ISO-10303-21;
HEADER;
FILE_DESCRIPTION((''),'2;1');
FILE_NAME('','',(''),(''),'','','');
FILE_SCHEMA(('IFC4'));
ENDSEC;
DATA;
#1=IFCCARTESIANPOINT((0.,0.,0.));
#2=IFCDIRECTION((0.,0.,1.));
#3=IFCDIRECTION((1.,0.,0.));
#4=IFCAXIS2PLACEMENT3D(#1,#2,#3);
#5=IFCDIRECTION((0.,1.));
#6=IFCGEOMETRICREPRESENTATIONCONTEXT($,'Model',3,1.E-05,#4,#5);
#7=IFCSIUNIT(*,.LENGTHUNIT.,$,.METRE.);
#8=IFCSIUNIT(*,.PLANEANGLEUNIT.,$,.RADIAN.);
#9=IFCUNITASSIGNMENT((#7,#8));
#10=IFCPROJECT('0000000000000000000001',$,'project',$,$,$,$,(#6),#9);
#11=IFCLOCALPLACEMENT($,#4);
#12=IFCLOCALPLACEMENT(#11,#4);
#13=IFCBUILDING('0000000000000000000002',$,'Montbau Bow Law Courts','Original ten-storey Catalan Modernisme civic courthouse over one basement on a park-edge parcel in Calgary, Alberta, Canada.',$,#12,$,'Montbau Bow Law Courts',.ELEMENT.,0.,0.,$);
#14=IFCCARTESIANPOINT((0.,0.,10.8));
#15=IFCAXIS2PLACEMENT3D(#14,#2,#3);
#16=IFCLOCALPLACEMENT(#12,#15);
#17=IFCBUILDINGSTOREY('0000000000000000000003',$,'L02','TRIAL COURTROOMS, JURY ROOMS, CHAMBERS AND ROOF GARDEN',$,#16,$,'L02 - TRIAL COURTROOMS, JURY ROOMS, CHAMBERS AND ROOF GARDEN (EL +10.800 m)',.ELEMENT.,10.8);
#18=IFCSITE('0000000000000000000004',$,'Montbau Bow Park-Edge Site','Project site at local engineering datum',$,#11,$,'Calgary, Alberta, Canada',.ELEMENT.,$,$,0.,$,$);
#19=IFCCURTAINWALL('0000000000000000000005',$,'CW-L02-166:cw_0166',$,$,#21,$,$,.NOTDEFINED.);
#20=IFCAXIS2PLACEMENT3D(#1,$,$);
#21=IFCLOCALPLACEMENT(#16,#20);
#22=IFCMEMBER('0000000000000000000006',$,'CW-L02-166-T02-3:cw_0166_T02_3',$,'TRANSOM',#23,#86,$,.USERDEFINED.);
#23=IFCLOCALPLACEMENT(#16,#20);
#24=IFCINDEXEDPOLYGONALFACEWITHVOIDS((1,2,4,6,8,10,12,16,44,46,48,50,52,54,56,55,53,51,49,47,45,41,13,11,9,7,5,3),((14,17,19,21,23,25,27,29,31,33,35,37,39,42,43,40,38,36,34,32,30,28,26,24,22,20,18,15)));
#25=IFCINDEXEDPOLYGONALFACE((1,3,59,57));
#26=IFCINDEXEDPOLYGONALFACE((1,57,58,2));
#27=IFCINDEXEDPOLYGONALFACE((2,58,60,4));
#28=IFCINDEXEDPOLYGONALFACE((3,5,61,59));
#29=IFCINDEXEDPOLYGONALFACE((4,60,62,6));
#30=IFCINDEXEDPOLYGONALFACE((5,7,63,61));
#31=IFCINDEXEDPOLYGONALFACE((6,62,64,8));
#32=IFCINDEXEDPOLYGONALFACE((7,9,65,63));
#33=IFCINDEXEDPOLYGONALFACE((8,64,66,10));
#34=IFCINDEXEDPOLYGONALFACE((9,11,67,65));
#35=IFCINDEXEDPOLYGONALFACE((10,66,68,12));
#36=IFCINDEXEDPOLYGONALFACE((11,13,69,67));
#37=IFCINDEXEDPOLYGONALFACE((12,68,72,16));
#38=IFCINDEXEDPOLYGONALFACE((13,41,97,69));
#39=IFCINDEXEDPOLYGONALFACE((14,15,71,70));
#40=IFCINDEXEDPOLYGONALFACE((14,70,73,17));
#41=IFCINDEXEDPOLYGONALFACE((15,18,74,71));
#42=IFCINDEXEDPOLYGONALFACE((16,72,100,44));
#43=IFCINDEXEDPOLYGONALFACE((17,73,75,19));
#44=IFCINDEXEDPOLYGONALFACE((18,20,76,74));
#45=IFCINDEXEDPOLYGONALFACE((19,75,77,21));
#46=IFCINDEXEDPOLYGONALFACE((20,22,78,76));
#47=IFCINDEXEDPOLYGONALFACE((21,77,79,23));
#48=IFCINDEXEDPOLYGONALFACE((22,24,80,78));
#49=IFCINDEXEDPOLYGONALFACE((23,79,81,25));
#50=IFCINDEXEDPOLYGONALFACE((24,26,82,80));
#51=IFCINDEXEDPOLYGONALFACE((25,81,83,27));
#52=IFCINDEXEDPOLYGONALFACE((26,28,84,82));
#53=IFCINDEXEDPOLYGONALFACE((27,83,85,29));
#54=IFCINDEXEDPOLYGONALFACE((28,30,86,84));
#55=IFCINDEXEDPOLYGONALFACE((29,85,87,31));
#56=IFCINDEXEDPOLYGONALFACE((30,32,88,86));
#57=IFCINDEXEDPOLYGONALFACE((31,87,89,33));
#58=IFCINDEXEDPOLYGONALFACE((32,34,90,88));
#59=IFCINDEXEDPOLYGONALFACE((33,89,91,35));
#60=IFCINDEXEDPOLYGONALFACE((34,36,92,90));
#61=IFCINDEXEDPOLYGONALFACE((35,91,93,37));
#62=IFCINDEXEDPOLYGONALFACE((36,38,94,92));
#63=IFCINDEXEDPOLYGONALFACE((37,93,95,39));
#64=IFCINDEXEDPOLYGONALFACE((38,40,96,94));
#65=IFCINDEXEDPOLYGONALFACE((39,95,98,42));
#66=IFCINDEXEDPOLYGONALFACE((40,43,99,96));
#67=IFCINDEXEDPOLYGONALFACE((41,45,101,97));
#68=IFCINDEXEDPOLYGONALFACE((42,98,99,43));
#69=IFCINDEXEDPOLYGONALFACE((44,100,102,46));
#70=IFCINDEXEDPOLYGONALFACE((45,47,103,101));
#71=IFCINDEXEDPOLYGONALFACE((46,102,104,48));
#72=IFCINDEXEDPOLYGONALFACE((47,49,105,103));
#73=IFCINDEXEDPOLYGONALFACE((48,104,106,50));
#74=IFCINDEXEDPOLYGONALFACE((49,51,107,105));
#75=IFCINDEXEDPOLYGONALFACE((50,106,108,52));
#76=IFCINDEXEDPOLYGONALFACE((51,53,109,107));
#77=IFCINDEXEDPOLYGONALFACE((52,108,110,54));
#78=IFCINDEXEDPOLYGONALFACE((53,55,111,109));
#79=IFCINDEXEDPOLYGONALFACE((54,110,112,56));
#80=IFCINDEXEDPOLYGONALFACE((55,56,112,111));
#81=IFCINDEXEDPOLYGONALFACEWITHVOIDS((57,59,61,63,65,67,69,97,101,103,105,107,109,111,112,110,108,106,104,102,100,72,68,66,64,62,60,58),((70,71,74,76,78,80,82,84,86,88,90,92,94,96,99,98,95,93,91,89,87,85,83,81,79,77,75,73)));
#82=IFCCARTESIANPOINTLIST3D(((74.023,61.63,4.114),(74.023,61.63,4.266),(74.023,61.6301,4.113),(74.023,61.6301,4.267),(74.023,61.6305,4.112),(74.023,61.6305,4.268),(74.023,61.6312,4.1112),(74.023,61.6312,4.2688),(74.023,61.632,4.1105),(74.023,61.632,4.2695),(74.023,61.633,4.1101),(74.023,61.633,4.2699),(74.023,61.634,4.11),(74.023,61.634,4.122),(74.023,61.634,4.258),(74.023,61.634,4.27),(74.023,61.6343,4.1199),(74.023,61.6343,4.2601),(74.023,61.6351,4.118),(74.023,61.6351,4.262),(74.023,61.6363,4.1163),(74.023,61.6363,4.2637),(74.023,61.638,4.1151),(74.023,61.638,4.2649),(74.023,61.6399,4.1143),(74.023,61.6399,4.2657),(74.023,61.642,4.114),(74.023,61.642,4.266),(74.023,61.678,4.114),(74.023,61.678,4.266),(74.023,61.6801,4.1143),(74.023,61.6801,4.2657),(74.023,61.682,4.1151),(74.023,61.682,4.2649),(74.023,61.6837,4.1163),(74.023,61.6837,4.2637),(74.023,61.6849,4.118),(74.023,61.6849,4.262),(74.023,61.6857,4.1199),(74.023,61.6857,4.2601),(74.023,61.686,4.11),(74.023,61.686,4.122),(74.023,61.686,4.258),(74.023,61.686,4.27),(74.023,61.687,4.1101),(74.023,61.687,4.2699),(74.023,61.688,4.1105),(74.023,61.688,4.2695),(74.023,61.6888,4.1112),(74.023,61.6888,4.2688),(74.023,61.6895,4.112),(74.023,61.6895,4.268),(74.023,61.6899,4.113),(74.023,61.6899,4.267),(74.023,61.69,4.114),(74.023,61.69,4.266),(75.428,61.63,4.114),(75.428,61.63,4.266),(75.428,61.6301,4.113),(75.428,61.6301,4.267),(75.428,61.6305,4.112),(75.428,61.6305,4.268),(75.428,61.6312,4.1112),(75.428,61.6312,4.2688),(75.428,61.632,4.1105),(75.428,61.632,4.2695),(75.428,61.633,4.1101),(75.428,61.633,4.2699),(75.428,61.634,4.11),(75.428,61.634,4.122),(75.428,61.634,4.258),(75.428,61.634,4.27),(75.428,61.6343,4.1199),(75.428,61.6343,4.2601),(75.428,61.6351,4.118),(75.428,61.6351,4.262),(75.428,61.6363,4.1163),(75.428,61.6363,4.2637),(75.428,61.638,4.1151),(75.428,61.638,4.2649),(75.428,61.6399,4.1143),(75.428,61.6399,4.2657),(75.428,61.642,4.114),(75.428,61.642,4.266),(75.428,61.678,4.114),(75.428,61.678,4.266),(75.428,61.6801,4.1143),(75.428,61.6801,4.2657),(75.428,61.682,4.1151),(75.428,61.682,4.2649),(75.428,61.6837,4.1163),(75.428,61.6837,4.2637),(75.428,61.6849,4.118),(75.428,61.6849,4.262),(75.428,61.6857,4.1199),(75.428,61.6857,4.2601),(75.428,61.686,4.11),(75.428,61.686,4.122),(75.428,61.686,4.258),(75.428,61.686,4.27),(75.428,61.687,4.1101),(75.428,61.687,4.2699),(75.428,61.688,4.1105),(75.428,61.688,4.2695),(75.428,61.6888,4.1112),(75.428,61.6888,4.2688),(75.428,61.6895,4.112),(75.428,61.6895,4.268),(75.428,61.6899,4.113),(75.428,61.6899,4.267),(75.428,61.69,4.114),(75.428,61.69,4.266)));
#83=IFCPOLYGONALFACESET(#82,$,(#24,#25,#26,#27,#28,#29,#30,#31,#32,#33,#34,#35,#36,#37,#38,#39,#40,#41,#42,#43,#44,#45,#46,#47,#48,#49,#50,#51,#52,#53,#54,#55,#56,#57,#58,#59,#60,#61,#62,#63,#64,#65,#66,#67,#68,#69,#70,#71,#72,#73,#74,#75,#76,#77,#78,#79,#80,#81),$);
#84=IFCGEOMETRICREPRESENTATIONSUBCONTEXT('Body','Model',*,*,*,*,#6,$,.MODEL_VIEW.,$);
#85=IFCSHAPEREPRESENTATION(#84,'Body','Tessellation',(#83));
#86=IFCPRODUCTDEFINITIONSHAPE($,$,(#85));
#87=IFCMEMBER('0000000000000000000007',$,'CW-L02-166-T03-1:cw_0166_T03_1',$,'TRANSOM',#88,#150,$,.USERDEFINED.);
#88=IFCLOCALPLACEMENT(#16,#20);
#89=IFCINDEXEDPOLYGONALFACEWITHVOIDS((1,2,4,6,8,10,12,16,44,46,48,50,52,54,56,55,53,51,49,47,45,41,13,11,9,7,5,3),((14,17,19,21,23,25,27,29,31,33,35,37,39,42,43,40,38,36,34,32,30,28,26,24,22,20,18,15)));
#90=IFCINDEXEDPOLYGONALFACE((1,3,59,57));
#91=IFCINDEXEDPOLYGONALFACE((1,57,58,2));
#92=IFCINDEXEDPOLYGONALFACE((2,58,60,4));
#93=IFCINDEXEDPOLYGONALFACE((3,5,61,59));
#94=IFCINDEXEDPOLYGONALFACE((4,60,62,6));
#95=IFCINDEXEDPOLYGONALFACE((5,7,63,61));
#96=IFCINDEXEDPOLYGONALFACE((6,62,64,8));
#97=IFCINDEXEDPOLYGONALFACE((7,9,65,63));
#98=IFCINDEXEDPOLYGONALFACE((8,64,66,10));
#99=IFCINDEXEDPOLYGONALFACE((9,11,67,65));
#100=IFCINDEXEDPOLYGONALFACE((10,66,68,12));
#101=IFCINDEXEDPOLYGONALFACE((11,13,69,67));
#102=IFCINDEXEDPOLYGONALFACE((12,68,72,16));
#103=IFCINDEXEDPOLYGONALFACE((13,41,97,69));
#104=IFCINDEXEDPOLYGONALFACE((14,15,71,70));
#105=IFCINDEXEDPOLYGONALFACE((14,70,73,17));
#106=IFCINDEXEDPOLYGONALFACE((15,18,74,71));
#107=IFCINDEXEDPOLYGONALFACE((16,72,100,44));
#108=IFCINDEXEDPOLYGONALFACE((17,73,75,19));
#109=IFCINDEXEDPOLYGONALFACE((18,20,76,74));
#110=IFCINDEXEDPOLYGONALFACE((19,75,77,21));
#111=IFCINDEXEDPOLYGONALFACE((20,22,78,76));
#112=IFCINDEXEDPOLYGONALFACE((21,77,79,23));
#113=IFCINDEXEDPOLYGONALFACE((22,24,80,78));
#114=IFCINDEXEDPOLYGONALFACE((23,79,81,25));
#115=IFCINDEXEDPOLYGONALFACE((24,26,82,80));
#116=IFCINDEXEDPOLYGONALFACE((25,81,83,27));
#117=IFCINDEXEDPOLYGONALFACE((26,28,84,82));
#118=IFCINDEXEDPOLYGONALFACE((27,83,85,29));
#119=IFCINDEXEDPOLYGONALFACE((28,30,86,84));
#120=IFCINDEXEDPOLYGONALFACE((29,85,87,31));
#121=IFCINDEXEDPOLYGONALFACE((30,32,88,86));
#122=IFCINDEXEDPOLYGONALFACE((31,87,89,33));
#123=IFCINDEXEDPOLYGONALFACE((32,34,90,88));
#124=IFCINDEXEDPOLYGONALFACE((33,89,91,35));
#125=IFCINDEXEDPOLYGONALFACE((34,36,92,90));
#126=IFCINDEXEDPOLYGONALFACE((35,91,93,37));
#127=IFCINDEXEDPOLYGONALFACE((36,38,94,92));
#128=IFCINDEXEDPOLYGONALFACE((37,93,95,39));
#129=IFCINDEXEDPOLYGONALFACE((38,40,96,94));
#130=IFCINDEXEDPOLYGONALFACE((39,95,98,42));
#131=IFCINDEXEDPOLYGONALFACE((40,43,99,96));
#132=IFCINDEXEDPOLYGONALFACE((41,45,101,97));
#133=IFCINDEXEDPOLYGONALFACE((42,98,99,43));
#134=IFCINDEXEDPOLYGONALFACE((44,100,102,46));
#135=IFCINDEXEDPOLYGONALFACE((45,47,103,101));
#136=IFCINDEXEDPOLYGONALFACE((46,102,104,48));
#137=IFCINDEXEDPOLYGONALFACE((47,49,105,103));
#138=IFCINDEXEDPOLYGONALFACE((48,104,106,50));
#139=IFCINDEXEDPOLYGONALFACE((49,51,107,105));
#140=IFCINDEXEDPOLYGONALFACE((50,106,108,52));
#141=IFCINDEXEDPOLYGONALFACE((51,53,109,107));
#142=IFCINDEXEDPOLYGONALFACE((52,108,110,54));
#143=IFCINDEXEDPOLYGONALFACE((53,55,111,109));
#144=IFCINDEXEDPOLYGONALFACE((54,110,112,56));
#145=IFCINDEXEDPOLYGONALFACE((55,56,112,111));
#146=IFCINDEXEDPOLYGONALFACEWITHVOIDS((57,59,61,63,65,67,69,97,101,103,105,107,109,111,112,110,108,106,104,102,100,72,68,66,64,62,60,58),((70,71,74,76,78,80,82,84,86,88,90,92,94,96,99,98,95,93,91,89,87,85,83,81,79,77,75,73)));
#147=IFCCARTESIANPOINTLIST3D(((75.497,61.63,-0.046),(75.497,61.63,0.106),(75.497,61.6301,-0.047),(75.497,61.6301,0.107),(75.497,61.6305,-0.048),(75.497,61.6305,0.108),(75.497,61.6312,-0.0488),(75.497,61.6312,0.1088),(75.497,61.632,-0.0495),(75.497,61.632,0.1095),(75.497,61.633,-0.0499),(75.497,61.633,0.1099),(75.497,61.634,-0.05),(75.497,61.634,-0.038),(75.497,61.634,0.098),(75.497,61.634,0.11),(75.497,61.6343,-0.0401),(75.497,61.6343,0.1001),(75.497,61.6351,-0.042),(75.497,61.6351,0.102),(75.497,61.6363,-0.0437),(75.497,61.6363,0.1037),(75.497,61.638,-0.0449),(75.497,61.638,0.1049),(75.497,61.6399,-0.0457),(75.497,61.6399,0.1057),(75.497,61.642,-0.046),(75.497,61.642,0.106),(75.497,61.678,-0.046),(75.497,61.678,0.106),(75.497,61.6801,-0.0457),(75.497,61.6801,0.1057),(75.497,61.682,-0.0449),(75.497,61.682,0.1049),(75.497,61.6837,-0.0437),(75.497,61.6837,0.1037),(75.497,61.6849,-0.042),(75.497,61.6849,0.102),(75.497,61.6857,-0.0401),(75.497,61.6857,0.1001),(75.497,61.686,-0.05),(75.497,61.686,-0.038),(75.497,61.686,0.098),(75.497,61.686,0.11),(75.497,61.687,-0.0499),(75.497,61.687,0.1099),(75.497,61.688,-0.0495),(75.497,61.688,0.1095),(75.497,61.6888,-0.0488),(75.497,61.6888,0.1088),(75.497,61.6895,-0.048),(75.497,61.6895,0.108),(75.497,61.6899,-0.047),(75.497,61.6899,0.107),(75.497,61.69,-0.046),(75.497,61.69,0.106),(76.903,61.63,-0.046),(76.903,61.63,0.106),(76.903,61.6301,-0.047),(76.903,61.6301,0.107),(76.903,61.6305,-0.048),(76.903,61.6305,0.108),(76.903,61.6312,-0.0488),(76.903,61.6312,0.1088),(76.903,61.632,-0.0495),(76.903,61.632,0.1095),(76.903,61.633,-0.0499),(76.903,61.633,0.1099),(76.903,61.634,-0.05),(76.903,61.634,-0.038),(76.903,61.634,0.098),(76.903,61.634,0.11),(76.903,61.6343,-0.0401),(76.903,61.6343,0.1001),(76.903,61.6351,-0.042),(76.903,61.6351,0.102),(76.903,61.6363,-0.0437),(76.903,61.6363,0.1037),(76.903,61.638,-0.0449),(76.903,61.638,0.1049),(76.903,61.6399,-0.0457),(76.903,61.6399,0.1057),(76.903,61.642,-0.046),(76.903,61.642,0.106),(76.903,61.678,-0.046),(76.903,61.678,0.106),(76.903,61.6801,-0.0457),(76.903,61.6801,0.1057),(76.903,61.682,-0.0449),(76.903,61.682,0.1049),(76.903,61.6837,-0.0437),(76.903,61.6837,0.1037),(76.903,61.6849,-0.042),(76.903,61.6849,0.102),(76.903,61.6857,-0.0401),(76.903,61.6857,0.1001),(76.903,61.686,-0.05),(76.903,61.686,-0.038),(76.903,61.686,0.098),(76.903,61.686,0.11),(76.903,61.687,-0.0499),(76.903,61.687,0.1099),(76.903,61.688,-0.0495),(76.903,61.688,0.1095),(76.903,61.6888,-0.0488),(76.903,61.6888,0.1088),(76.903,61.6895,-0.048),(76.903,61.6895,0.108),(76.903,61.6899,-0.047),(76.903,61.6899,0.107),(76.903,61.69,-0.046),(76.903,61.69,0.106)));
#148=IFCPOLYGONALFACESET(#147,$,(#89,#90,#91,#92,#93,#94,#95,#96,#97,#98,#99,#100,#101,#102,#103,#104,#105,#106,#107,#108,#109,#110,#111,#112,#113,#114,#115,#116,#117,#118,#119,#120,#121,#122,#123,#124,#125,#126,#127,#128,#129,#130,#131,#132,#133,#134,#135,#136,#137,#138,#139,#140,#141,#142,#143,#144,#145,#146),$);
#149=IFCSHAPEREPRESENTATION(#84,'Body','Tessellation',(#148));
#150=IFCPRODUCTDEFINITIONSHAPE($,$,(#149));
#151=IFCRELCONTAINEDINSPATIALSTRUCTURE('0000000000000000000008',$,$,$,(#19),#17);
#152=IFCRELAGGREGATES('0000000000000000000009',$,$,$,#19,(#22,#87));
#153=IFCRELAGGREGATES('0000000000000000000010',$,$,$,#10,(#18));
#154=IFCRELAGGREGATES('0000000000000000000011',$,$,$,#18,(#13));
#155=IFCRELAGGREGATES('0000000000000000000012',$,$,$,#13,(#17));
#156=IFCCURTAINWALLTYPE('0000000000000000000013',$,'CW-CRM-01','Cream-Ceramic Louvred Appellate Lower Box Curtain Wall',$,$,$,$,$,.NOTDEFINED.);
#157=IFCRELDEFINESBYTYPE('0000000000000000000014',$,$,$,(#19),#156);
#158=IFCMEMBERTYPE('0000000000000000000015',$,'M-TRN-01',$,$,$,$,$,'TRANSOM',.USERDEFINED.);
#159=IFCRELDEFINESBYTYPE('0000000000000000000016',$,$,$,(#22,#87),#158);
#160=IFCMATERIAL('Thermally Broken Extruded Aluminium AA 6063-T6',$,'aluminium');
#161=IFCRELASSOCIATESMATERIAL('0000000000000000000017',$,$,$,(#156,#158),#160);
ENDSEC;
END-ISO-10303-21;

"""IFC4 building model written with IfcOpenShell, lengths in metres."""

from ifc_helpers import new_model, si_unit, direction, frame, origin_with_axes, origin_2d_with_axis, place, context, subcontext, project, spatial, hollow_rectangle, extrude, material, material_profile, profile_set, type_object, element, aggregate, save


model = new_model("IFC4")

# Units and contexts
model_context = context("Model", 3, precision=1e-05, world=origin_with_axes(), true_north=direction((0.0, 1.0)))
body_context = subcontext(model_context, "Body", "Model", "MODEL_VIEW")
ifc_project = project(units=[si_unit("LENGTHUNIT", "METRE"), si_unit("PLANEANGLEUNIT", "RADIAN")], contexts=[model_context])

# Site, building, storey
site_placement = place(None, origin_with_axes())
site = spatial("IfcSite", under=ifc_project, at=site_placement, Name="Montbau Bow Park-Edge Site", Description="Project site at local engineering datum", LongName="Calgary, Alberta, Canada", CompositionType="ELEMENT", RefElevation=0.0)
building_placement = place(site_placement, origin_with_axes())
building = spatial("IfcBuilding", under=site, at=building_placement, Name="Montbau Bow Law Courts", Description="Original ten-storey Catalan Modernisme civic courthouse over one basement on a park-edge parcel in Calgary, Alberta, Canada.", LongName="Montbau Bow Law Courts", CompositionType="ELEMENT", ElevationOfRefHeight=0.0, ElevationOfTerrain=0.0)
storey_placement = place(building_placement, frame((0.0, 0.0, 10.8), z_axis=(0.0, 0.0, 1.0), x_axis=(1.0, 0.0, 0.0)))
storey = spatial("IfcBuildingStorey", under=building, at=storey_placement, Name="L02", Description="TRIAL COURTROOMS, JURY ROOMS, CHAMBERS AND ROOF GARDEN", LongName="L02 - TRIAL COURTROOMS, JURY ROOMS, CHAMBERS AND ROOF GARDEN (EL +10.800 m)", CompositionType="ELEMENT", Elevation=10.8)

# Curtain wall, members
ifc_material_1 = material(Name="Thermally Broken Extruded Aluminium AA 6063-T6", Category="aluminium")
curtain_wall_type = type_object("IfcCurtainWallType", Name="CW-CRM-01", Description="Cream-Ceramic Louvred Appellate Lower Box Curtain Wall", PredefinedType="NOTDEFINED", material=ifc_material_1)
curtain_wall_placement = place(None, frame((72.515, 61.66, 10.8), z_axis=(0.0, 0.0, 1.0), x_axis=(1.0, 0.0, 0.0)))
curtain_wall = element("IfcCurtainWall", 1, at=curtain_wall_placement, inside=storey, type_object=curtain_wall_type, Name="CW-L02-166:cw_0166", PredefinedType="NOTDEFINED")
ifc_material_profile_1 = material_profile(ifc_material_1, hollow_rectangle(XDim=0.06, YDim=0.16, WallThickness=0.004, InnerFilletRadius=0.008, OuterFilletRadius=0.004, at=origin_2d_with_axis()), Name="CWT-160X60", Category="Main", Priority=0)
ifc_profile_set_1 = profile_set([ifc_material_profile_1], Name="Thermally Broken Extruded Aluminium AA 6063-T6")
member_type_1 = type_object("IfcMemberType", Name="M-TRN-01", ElementType="TRANSOM", PredefinedType="USERDEFINED", material=ifc_profile_set_1)
member_1_placement = place(None, frame((74.023, 61.66, 14.99), z_axis=(1.0, 0.0, 0.0), x_axis=(0.0, 1.0, 0.0)))
member_1 = element("IfcMember", 2, at=member_1_placement, type_object=member_type_1, Name="CW-L02-166-T02-3:cw_0166_T02_3", ObjectType="TRANSOM", PredefinedType="USERDEFINED", context=body_context, shape_type="SweptSolid", body=[
    extrude(hollow_rectangle(XDim=0.06, YDim=0.16, WallThickness=0.004, InnerFilletRadius=0.008, OuterFilletRadius=0.004, at=origin_2d_with_axis()), origin_with_axes(), (0.0, 0.0, 1.0), 1.405),
])
member_2_placement = place(None, frame((75.497, 61.66, 10.83), z_axis=(1.0, 0.0, 0.0), x_axis=(0.0, 1.0, 0.0)))
member_2 = element("IfcMember", 3, at=member_2_placement, type_object=member_type_1, Name="CW-L02-166-T03-1:cw_0166_T03_1", ObjectType="TRANSOM", PredefinedType="USERDEFINED", context=body_context, shape_type="SweptSolid", body=[
    extrude(hollow_rectangle(XDim=0.06, YDim=0.16, WallThickness=0.004, InnerFilletRadius=0.008, OuterFilletRadius=0.004, at=origin_2d_with_axis()), origin_with_axes(), (0.0, 0.0, 1.0), 1.406),
])
aggregate(curtain_wall, [member_1, member_2])

save(model, "model.ifc")
